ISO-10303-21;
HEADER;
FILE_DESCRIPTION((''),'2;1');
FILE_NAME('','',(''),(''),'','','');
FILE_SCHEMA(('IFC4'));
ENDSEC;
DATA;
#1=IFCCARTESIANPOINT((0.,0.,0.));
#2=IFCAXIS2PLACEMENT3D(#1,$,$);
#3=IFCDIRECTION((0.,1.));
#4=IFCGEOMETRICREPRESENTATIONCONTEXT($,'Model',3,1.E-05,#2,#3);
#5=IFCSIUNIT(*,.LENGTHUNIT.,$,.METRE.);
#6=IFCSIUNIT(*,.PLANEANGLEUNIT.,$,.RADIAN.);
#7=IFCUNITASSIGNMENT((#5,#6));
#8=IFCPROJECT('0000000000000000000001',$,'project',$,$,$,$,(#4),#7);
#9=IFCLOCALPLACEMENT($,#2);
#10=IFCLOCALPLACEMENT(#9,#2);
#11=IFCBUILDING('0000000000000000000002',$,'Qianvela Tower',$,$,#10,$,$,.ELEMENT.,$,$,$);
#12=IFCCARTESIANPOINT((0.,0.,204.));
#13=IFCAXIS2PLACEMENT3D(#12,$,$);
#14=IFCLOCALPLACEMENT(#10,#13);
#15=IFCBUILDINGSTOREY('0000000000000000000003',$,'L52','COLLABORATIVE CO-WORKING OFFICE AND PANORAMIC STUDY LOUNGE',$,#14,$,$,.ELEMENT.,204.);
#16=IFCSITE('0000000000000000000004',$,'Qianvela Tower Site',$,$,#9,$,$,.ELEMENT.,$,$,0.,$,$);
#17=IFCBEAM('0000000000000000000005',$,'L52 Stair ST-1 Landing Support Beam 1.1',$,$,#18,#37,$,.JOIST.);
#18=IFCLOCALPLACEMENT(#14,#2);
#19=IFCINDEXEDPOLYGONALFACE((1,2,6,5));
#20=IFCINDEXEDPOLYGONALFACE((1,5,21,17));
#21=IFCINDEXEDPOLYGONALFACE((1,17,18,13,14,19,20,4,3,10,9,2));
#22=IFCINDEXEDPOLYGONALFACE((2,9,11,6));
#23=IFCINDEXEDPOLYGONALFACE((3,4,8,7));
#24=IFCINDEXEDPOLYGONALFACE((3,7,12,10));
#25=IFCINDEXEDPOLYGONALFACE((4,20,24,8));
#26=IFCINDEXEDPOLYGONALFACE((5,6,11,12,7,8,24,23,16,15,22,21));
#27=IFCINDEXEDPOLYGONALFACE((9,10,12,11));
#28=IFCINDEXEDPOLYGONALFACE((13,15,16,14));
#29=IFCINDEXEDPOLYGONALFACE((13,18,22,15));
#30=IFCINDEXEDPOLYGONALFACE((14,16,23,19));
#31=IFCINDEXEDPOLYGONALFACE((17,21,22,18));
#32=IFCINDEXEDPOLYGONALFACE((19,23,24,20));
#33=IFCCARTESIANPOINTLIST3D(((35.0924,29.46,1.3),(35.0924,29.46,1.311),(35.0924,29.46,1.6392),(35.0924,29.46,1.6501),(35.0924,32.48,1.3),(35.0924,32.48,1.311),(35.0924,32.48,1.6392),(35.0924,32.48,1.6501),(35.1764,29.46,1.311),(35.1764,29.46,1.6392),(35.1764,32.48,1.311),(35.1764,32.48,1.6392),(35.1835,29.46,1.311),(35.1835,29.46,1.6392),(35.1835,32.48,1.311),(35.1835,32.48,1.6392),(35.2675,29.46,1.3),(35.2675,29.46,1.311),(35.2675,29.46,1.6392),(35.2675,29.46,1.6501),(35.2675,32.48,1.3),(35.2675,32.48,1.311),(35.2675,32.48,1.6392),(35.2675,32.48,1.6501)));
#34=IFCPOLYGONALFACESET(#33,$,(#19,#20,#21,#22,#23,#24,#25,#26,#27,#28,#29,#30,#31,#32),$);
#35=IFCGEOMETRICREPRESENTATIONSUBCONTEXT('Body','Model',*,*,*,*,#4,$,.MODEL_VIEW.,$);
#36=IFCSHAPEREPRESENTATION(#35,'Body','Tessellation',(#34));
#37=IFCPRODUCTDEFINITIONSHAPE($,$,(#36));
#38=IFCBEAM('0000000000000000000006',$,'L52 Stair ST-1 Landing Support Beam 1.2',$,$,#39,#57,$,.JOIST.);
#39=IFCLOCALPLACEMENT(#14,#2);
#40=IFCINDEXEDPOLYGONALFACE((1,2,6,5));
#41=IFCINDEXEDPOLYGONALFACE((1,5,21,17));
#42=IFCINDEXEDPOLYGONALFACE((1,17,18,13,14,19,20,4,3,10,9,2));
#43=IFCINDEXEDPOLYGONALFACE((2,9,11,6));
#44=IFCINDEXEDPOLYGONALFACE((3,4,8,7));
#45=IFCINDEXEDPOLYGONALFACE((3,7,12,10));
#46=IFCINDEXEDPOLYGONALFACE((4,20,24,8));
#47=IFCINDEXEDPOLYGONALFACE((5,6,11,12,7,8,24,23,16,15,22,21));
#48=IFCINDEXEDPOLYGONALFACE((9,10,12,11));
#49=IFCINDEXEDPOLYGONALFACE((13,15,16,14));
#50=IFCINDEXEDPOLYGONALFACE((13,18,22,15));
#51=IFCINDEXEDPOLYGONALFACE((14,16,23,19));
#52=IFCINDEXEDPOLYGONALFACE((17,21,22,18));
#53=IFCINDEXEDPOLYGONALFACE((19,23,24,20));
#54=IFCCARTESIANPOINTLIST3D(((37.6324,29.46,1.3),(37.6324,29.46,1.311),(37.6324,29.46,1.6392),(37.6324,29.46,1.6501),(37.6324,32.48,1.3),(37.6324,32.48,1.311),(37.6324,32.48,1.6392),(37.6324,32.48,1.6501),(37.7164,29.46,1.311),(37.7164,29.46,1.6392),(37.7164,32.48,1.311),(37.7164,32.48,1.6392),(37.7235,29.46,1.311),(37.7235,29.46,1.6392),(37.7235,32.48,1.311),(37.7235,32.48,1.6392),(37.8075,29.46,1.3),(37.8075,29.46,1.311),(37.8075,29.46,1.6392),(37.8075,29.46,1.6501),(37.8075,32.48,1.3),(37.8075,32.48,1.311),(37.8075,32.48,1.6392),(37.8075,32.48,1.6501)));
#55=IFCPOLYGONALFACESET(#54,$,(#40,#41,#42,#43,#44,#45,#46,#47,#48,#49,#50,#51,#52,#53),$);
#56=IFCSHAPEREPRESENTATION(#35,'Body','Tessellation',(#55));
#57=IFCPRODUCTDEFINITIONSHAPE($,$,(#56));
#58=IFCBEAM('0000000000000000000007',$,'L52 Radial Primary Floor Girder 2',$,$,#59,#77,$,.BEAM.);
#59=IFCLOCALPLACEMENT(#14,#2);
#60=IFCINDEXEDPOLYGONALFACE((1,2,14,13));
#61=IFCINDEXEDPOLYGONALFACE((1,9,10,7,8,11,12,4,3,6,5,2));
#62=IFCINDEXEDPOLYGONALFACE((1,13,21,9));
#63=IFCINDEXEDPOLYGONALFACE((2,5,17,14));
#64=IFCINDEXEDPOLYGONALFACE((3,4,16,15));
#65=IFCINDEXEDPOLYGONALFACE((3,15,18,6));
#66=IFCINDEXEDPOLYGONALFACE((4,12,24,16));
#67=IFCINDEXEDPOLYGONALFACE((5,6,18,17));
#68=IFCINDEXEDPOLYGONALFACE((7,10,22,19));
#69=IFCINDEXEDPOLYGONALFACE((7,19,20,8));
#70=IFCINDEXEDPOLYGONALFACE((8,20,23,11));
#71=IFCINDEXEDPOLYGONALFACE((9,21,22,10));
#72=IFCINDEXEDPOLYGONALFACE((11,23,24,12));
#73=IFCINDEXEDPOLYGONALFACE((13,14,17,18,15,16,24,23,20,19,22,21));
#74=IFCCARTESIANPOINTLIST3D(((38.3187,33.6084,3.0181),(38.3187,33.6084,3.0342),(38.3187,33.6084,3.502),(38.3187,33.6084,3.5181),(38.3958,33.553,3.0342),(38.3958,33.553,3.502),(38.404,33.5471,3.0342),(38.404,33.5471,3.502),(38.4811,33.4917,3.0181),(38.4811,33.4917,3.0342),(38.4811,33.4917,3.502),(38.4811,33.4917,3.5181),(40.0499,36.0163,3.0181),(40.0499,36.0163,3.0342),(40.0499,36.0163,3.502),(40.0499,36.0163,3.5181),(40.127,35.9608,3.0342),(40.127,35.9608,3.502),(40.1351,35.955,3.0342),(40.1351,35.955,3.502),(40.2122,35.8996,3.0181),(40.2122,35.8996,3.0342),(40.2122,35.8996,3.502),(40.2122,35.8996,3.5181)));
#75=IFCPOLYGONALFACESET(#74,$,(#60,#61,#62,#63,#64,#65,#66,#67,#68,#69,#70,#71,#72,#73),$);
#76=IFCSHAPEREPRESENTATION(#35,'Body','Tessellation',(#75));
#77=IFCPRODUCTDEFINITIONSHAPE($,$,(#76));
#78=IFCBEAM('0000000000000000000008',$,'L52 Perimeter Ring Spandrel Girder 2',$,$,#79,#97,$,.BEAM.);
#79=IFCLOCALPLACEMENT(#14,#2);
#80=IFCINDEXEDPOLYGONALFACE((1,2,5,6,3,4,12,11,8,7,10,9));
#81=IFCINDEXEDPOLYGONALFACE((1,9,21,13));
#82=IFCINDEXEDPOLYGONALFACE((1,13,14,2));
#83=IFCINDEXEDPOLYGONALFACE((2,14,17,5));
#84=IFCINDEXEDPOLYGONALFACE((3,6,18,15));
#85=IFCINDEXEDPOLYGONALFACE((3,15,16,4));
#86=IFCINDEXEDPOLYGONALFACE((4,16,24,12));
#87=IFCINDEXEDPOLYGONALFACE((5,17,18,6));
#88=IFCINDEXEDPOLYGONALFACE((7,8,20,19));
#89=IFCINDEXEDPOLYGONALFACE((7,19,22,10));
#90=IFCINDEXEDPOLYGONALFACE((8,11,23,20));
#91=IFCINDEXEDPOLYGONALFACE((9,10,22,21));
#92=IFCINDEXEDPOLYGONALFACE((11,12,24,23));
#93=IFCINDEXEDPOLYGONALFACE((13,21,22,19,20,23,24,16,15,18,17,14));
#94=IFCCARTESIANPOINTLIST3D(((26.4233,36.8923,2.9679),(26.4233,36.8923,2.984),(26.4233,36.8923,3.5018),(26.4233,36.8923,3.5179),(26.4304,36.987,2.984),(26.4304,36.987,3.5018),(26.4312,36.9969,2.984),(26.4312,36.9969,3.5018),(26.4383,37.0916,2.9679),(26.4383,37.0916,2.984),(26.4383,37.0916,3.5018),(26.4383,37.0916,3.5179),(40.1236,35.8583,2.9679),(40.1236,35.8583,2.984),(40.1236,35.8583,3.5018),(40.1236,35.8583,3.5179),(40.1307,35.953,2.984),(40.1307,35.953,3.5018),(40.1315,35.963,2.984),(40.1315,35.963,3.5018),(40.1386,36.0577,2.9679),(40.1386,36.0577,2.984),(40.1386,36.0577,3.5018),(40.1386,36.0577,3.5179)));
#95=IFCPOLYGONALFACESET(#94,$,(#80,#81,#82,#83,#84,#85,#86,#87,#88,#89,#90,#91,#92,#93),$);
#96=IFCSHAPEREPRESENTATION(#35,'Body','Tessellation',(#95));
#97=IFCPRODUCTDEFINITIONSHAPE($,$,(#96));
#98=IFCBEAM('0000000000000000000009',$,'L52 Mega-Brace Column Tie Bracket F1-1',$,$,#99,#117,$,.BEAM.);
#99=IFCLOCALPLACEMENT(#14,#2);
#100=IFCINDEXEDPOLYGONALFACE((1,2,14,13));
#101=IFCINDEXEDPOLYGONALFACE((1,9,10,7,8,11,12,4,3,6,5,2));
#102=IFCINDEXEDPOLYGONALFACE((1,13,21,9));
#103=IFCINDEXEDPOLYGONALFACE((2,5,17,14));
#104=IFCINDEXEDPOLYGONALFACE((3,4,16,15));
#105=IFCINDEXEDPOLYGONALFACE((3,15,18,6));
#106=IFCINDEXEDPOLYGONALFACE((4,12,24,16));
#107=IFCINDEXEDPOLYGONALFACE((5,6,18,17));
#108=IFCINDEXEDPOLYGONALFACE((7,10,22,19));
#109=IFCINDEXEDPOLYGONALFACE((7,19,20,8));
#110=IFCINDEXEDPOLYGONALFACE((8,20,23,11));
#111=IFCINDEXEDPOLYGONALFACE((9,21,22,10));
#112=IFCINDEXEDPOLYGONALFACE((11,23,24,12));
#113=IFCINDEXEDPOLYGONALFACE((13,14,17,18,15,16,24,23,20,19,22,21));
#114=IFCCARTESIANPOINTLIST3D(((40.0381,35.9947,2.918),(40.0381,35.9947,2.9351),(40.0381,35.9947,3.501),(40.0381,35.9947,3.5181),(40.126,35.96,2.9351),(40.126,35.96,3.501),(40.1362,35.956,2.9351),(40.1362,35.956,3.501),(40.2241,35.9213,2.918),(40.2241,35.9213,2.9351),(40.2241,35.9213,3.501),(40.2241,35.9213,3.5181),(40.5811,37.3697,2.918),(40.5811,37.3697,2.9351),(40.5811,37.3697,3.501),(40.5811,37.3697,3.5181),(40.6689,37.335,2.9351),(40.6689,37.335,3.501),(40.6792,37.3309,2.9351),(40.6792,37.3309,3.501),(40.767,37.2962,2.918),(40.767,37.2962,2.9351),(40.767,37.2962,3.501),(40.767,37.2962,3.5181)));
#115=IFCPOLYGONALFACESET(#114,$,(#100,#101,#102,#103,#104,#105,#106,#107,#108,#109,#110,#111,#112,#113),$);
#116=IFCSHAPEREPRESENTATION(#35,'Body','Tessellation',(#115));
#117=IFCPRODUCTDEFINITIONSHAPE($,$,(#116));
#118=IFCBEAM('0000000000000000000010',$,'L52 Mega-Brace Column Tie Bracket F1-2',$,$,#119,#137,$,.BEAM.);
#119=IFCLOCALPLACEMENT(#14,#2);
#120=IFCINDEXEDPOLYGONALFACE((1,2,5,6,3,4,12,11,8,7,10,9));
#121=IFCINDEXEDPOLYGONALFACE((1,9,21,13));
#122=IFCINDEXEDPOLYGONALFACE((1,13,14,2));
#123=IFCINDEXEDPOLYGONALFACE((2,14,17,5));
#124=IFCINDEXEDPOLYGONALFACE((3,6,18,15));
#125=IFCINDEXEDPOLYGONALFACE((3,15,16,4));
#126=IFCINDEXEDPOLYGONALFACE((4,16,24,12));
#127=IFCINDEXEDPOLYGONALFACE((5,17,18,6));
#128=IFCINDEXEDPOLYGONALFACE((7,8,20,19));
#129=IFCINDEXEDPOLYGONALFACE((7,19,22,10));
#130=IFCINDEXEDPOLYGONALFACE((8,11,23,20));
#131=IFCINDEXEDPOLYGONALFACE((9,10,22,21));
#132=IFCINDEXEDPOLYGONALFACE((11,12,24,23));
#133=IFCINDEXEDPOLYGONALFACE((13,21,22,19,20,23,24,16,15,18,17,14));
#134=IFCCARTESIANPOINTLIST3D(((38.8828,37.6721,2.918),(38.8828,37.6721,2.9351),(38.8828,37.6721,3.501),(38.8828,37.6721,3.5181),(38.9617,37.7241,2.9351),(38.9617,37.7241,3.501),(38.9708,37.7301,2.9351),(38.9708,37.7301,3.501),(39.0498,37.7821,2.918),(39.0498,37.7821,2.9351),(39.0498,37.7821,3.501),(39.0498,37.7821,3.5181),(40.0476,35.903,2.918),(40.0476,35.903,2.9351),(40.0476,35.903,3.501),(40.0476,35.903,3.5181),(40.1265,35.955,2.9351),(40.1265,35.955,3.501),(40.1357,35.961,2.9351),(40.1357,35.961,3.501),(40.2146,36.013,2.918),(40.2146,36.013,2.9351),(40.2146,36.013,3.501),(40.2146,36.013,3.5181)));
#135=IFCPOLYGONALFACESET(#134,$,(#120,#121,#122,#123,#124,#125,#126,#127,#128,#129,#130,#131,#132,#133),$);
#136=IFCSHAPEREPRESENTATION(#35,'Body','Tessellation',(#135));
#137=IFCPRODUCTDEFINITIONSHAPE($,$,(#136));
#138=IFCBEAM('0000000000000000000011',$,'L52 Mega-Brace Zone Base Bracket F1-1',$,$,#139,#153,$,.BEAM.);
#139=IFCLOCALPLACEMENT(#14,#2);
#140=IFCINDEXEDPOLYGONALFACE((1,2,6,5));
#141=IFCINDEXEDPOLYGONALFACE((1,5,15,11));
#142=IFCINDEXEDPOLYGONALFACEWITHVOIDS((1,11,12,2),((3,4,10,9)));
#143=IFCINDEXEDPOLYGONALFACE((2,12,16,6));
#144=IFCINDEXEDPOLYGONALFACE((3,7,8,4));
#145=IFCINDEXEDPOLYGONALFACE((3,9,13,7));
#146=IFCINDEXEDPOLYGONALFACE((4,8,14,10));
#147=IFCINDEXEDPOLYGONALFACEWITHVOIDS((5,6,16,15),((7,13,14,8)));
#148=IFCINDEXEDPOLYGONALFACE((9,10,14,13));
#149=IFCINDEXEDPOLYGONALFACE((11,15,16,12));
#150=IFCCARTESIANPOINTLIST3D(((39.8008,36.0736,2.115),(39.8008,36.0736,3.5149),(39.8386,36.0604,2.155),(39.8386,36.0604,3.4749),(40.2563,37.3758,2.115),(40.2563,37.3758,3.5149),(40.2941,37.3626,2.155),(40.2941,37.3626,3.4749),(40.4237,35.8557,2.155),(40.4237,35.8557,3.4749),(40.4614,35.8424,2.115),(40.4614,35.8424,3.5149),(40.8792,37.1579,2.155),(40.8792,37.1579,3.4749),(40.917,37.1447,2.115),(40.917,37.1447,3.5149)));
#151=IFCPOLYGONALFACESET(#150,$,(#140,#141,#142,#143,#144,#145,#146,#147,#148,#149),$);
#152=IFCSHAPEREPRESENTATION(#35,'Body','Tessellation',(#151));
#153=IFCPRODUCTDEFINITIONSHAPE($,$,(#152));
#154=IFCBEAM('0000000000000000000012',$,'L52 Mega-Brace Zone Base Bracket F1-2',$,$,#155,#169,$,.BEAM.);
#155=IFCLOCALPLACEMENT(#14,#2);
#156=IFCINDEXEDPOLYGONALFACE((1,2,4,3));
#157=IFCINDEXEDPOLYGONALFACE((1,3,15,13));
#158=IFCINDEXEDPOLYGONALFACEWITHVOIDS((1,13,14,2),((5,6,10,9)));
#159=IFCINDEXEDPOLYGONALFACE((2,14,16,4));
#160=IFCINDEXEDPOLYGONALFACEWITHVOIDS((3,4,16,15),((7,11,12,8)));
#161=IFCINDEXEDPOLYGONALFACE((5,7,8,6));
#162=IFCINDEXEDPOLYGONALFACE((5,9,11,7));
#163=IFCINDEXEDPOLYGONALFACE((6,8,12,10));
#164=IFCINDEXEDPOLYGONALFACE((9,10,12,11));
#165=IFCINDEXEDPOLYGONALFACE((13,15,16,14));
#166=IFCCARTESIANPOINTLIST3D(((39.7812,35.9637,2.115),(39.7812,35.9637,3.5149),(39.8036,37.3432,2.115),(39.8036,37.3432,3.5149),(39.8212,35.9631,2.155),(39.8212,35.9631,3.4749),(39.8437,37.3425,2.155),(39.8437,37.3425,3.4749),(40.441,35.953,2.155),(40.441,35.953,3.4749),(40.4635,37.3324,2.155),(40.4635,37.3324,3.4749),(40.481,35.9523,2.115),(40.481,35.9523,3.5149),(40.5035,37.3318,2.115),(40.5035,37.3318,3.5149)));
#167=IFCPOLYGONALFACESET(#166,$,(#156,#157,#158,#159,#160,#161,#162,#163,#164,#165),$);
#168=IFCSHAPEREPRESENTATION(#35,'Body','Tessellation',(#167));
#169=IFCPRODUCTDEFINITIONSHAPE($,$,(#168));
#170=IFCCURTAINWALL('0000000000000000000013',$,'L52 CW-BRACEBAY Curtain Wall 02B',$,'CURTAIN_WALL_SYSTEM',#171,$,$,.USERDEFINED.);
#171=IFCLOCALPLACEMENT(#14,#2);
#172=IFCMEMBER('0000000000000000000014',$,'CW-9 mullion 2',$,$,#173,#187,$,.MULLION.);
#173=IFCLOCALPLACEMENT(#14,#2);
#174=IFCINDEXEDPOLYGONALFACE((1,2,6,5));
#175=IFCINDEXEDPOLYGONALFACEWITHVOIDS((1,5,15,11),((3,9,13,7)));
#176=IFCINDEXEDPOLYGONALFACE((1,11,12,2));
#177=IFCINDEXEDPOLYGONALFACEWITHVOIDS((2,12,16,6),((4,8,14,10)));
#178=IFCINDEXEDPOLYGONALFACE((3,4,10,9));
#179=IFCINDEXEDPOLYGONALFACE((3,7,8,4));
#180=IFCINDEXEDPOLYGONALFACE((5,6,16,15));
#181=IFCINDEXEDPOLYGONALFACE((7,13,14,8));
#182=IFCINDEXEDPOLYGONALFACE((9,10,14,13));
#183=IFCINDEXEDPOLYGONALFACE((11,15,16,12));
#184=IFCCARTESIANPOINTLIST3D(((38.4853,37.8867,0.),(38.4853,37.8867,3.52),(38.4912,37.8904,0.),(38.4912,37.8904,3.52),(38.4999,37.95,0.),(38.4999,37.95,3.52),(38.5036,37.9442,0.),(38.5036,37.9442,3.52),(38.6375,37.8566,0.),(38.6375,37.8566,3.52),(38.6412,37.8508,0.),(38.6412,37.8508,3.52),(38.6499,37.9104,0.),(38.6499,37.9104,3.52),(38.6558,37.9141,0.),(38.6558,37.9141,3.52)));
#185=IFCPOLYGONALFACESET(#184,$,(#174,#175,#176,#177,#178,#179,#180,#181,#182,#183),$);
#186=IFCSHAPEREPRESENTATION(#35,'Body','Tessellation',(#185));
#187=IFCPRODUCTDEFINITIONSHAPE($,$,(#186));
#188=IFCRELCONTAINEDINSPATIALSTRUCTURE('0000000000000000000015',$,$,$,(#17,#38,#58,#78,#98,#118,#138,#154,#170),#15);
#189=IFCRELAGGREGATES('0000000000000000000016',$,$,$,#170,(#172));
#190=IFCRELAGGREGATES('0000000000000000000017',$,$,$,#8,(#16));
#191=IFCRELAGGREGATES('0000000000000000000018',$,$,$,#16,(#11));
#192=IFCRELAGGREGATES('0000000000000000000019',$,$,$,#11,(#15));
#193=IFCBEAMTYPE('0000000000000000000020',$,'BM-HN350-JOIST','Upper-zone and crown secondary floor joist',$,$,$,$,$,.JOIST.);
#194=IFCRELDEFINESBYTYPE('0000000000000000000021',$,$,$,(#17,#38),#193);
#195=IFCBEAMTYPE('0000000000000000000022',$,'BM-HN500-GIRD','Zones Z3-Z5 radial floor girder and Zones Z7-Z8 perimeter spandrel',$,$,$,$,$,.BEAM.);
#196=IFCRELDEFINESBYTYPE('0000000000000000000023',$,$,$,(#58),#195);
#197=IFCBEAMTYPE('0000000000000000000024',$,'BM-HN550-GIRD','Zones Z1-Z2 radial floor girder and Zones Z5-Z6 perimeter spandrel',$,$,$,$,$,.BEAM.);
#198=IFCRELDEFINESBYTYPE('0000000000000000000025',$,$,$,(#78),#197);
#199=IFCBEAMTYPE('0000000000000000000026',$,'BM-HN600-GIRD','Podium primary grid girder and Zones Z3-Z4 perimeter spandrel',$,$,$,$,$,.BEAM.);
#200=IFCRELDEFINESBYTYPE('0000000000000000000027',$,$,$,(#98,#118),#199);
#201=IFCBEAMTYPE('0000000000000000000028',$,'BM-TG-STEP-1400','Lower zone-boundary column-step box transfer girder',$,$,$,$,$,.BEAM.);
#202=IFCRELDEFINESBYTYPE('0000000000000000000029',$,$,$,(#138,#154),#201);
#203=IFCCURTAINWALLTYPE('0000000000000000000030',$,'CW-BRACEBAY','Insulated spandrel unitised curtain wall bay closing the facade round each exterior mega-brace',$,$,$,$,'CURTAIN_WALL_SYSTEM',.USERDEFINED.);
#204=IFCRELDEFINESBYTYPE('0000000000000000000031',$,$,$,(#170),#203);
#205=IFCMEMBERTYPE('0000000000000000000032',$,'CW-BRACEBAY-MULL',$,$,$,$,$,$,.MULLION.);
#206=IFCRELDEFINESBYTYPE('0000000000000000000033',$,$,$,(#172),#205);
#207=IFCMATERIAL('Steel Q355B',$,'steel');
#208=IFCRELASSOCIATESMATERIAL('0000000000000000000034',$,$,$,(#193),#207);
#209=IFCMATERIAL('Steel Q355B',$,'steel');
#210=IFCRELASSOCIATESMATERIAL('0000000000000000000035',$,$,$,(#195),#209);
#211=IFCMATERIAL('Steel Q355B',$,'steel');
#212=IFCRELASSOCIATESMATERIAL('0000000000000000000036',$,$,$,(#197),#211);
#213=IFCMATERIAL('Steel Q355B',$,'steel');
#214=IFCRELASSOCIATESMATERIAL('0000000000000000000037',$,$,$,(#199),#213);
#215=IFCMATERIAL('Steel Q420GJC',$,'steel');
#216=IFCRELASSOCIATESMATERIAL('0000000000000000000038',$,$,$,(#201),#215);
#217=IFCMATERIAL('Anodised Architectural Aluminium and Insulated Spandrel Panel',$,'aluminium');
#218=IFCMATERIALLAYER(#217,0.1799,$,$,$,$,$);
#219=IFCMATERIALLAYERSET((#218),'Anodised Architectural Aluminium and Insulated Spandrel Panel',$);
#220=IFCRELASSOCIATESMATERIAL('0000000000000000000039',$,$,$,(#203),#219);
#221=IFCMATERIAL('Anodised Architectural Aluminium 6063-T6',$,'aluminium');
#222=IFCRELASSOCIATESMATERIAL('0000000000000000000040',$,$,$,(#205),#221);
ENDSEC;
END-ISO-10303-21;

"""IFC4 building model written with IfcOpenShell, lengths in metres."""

from ifc_helpers import new_model, si_unit, direction, frame, origin, origin_2d, place, context, subcontext, project, spatial, hollow_rectangle, i_section, extrude, material, layer, layer_set, material_profile, profile_set, type_object, element, aggregate, save


model = new_model("IFC4")

# Units and contexts
model_context = context("Model", 3, precision=1e-05, world=origin(), true_north=direction((0.0, 1.0)))
body_context = subcontext(model_context, "Body", "Model", "MODEL_VIEW")
ifc_project = project(units=[si_unit("LENGTHUNIT", "METRE"), si_unit("PLANEANGLEUNIT", "RADIAN")], contexts=[model_context])

# Site, building, storey
site_placement = place(None, origin())
site = spatial("IfcSite", under=ifc_project, at=site_placement, Name="Qianvela Tower Site", CompositionType="ELEMENT", RefElevation=0.0)
building_placement = place(site_placement, origin())
building = spatial("IfcBuilding", under=site, at=building_placement, Name="Qianvela Tower", CompositionType="ELEMENT")
storey_placement = place(building_placement, frame((0.0, 0.0, 204.0)))
storey = spatial("IfcBuildingStorey", under=building, at=storey_placement, Name="L52", Description="COLLABORATIVE CO-WORKING OFFICE AND PANORAMIC STUDY LOUNGE", CompositionType="ELEMENT", Elevation=204.0)

# Beams
ifc_material_1 = material(Name="Steel Q355B", Category="steel")
ifc_material_profile_1 = material_profile(ifc_material_1, i_section(OverallWidth=0.175, OverallDepth=0.3501, WebThickness=0.0071, FlangeThickness=0.011, at=origin_2d()), Name="HN350x175x7x11")
ifc_profile_set_1 = profile_set([ifc_material_profile_1], Name="Steel Q355B")
beam_type_1 = type_object("IfcBeamType", Name="BM-HN350-JOIST", Description="Upper-zone and crown secondary floor joist", PredefinedType="JOIST", material=ifc_profile_set_1)
for number, where, z_axis, x_axis, name in (
    (1, (35.1799, 29.46, 1.4751), (0.0, 1.0, 0.0), (-1.0, 0.0, 0.0), "L52 Stair ST-1 Landing Support Beam 1.1"),
    (2, (37.72, 29.46, 1.4751), (0.0, 1.0, 0.0), (-1.0, 0.0, 0.0), "L52 Stair ST-1 Landing Support Beam 1.2"),
):
    element("IfcBeam", number, at=place(storey_placement, frame(where, z_axis=z_axis, x_axis=x_axis)), inside=storey, type_object=beam_type_1, Name=name, PredefinedType="JOIST", context=body_context, shape_type="SweptSolid", body=[
        extrude(i_section(OverallWidth=0.175, OverallDepth=0.3501, WebThickness=0.0071, FlangeThickness=0.011, at=origin_2d()), origin(), (0.0, 0.0, 1.0), 3.02),
    ])
ifc_material_2 = material(Name="Steel Q355B", Category="steel")
ifc_material_profile_2 = material_profile(ifc_material_2, i_section(OverallWidth=0.2, OverallDepth=0.5, WebThickness=0.01, FlangeThickness=0.0161, at=origin_2d()), Name="HN500x200x10x16")
ifc_profile_set_2 = profile_set([ifc_material_profile_2], Name="Steel Q355B")
beam_type_2 = type_object("IfcBeamType", Name="BM-HN500-GIRD", Description="Zones Z3-Z5 radial floor girder and Zones Z7-Z8 perimeter spandrel", PredefinedType="BEAM", material=ifc_profile_set_2)
beam_1_placement = place(storey_placement, frame((38.3999, 33.55, 3.2681), z_axis=(0.583743, 0.811939, 0.0), x_axis=(-0.811939, 0.583743, 0.0)))
element("IfcBeam", 3, at=beam_1_placement, inside=storey, type_object=beam_type_2, Name="L52 Radial Primary Floor Girder 2", PredefinedType="BEAM", context=body_context, shape_type="SweptSolid", body=[
    extrude(i_section(OverallWidth=0.2, OverallDepth=0.5, WebThickness=0.01, FlangeThickness=0.0161, at=origin_2d()), origin(), (0.0, 0.0, 1.0), 2.9656),
])
ifc_material_3 = material(Name="Steel Q355B", Category="steel")
ifc_material_profile_3 = material_profile(ifc_material_3, i_section(OverallWidth=0.2, OverallDepth=0.55, WebThickness=0.01, FlangeThickness=0.0161, at=origin_2d()), Name="HN550x200x10x16")
ifc_profile_set_3 = profile_set([ifc_material_profile_3], Name="Steel Q355B")
beam_type_3 = type_object("IfcBeamType", Name="BM-HN550-GIRD", Description="Zones Z1-Z2 radial floor girder and Zones Z5-Z6 perimeter spandrel", PredefinedType="BEAM", material=ifc_profile_set_3)
beam_2_placement = place(storey_placement, frame((40.1311, 35.958, 3.2429), z_axis=(-0.997164, 0.075255, 0.0), x_axis=(-0.075255, -0.997164, 0.0)))
element("IfcBeam", 4, at=beam_2_placement, inside=storey, type_object=beam_type_3, Name="L52 Perimeter Ring Spandrel Girder 2", PredefinedType="BEAM", context=body_context, shape_type="SweptSolid", body=[
    extrude(i_section(OverallWidth=0.2, OverallDepth=0.55, WebThickness=0.01, FlangeThickness=0.0161, at=origin_2d()), origin(), (0.0, 0.0, 1.0), 13.7393),
])
ifc_material_4 = material(Name="Steel Q355B", Category="steel")
ifc_material_profile_4 = material_profile(ifc_material_4, i_section(OverallWidth=0.2, OverallDepth=0.6001, WebThickness=0.011, FlangeThickness=0.0171, at=origin_2d()), Name="HN600x200x11x17")
ifc_profile_set_4 = profile_set([ifc_material_profile_4], Name="Steel Q355B")
beam_type_4 = type_object("IfcBeamType", Name="BM-HN600-GIRD", Description="Podium primary grid girder and Zones Z3-Z4 perimeter spandrel", PredefinedType="BEAM", material=ifc_profile_set_4)
beam_3_placement = place(storey_placement, frame((40.1311, 35.958, 3.218), z_axis=(0.367287, 0.930108, 0.0), x_axis=(-0.930108, 0.367287, 0.0)))
element("IfcBeam", 5, at=beam_3_placement, inside=storey, type_object=beam_type_4, Name="L52 Mega-Brace Column Tie Bracket F1-1", PredefinedType="BEAM", context=body_context, shape_type="SweptSolid", body=[
    extrude(i_section(OverallWidth=0.2, OverallDepth=0.6001, WebThickness=0.011, FlangeThickness=0.0171, at=origin_2d()), origin(), (0.0, 0.0, 1.0), 1.4783),
])
beam_4_placement = place(storey_placement, frame((40.1311, 35.958, 3.218), z_axis=(-0.54993, 0.835211, 0.0), x_axis=(-0.835211, -0.54993, 0.0)))
element("IfcBeam", 6, at=beam_4_placement, inside=storey, type_object=beam_type_4, Name="L52 Mega-Brace Column Tie Bracket F1-2", PredefinedType="BEAM", context=body_context, shape_type="SweptSolid", body=[
    extrude(i_section(OverallWidth=0.2, OverallDepth=0.6001, WebThickness=0.011, FlangeThickness=0.0171, at=origin_2d()), origin(), (0.0, 0.0, 1.0), 2.1182),
])
ifc_material_5 = material(Name="Steel Q420GJC", Category="steel")
ifc_material_profile_5 = material_profile(ifc_material_5, hollow_rectangle(XDim=0.7, YDim=1.3999, WallThickness=0.04, at=origin_2d()), Name="TG-BOX-1400x700x40")
ifc_profile_set_5 = profile_set([ifc_material_profile_5], Name="Steel Q420GJC")
beam_type_5 = type_object("IfcBeamType", Name="BM-TG-STEP-1400", Description="Lower zone-boundary column-step box transfer girder", PredefinedType="BEAM", material=ifc_profile_set_5)
for number, where, z_axis, x_axis, name in (
    (7, (40.1311, 35.958, 2.8149), (0.330209, 0.943908, 0.0), (-0.943908, 0.330209, 0.0), "L52 Mega-Brace Zone Base Bracket F1-1"),
    (8, (40.1311, 35.958, 2.8149), (0.016281, 0.999867, 0.0), (-0.999867, 0.016281, 0.0), "L52 Mega-Brace Zone Base Bracket F1-2"),
):
    element("IfcBeam", number, at=place(storey_placement, frame(where, z_axis=z_axis, x_axis=x_axis)), inside=storey, type_object=beam_type_5, Name=name, PredefinedType="BEAM", context=body_context, shape_type="SweptSolid", body=[
        extrude(hollow_rectangle(XDim=0.7, YDim=1.3999, WallThickness=0.04, at=origin_2d()), origin(), (0.0, 0.0, 1.0), 1.3796),
    ])

# Curtain wall, member
ifc_material_6 = material(Name="Anodised Architectural Aluminium and Insulated Spandrel Panel", Category="aluminium")
ifc_layer_1 = layer(ifc_material_6, 0.1799)
ifc_layer_set_1 = layer_set([ifc_layer_1], Name="Anodised Architectural Aluminium and Insulated Spandrel Panel")
curtain_wall_type_1 = type_object("IfcCurtainWallType", Name="CW-BRACEBAY", Description="Insulated spandrel unitised curtain wall bay closing the facade round each exterior mega-brace", ElementType="CURTAIN_WALL_SYSTEM", PredefinedType="USERDEFINED", material=ifc_layer_set_1)
curtain_wall_1_placement = place(storey_placement, origin())
curtain_wall_1 = element("IfcCurtainWall", 9, at=curtain_wall_1_placement, inside=storey, type_object=curtain_wall_type_1, Name="L52 CW-BRACEBAY Curtain Wall 02B", ObjectType="CURTAIN_WALL_SYSTEM", PredefinedType="USERDEFINED")
ifc_material_7 = material(Name="Anodised Architectural Aluminium 6063-T6", Category="aluminium")
ifc_material_profile_6 = material_profile(ifc_material_7, hollow_rectangle(XDim=0.0649, YDim=0.1599, WallThickness=0.0049, at=origin_2d()), Name="ALU-MULL-65x160")
ifc_profile_set_6 = profile_set([ifc_material_profile_6], Name="Anodised Architectural Aluminium 6063-T6")
member_type_1 = type_object("IfcMemberType", Name="CW-BRACEBAY-MULL", PredefinedType="MULLION", material=ifc_profile_set_6)
member_1_placement = place(storey_placement, frame((38.5706, 37.9004, 0.0), z_axis=(0.0, 0.0, 1.0), x_axis=(-0.224824, -0.974399, 0.0)))
member_1 = element("IfcMember", 10, at=member_1_placement, type_object=member_type_1, Name="CW-9 mullion 2", PredefinedType="MULLION", context=body_context, shape_type="SweptSolid", body=[
    extrude(hollow_rectangle(XDim=0.0649, YDim=0.1599, WallThickness=0.0049, at=origin_2d()), origin(), (0.0, 0.0, 1.0), 3.52),
])

aggregate(curtain_wall_1, [member_1])

save(model, "model.ifc")
